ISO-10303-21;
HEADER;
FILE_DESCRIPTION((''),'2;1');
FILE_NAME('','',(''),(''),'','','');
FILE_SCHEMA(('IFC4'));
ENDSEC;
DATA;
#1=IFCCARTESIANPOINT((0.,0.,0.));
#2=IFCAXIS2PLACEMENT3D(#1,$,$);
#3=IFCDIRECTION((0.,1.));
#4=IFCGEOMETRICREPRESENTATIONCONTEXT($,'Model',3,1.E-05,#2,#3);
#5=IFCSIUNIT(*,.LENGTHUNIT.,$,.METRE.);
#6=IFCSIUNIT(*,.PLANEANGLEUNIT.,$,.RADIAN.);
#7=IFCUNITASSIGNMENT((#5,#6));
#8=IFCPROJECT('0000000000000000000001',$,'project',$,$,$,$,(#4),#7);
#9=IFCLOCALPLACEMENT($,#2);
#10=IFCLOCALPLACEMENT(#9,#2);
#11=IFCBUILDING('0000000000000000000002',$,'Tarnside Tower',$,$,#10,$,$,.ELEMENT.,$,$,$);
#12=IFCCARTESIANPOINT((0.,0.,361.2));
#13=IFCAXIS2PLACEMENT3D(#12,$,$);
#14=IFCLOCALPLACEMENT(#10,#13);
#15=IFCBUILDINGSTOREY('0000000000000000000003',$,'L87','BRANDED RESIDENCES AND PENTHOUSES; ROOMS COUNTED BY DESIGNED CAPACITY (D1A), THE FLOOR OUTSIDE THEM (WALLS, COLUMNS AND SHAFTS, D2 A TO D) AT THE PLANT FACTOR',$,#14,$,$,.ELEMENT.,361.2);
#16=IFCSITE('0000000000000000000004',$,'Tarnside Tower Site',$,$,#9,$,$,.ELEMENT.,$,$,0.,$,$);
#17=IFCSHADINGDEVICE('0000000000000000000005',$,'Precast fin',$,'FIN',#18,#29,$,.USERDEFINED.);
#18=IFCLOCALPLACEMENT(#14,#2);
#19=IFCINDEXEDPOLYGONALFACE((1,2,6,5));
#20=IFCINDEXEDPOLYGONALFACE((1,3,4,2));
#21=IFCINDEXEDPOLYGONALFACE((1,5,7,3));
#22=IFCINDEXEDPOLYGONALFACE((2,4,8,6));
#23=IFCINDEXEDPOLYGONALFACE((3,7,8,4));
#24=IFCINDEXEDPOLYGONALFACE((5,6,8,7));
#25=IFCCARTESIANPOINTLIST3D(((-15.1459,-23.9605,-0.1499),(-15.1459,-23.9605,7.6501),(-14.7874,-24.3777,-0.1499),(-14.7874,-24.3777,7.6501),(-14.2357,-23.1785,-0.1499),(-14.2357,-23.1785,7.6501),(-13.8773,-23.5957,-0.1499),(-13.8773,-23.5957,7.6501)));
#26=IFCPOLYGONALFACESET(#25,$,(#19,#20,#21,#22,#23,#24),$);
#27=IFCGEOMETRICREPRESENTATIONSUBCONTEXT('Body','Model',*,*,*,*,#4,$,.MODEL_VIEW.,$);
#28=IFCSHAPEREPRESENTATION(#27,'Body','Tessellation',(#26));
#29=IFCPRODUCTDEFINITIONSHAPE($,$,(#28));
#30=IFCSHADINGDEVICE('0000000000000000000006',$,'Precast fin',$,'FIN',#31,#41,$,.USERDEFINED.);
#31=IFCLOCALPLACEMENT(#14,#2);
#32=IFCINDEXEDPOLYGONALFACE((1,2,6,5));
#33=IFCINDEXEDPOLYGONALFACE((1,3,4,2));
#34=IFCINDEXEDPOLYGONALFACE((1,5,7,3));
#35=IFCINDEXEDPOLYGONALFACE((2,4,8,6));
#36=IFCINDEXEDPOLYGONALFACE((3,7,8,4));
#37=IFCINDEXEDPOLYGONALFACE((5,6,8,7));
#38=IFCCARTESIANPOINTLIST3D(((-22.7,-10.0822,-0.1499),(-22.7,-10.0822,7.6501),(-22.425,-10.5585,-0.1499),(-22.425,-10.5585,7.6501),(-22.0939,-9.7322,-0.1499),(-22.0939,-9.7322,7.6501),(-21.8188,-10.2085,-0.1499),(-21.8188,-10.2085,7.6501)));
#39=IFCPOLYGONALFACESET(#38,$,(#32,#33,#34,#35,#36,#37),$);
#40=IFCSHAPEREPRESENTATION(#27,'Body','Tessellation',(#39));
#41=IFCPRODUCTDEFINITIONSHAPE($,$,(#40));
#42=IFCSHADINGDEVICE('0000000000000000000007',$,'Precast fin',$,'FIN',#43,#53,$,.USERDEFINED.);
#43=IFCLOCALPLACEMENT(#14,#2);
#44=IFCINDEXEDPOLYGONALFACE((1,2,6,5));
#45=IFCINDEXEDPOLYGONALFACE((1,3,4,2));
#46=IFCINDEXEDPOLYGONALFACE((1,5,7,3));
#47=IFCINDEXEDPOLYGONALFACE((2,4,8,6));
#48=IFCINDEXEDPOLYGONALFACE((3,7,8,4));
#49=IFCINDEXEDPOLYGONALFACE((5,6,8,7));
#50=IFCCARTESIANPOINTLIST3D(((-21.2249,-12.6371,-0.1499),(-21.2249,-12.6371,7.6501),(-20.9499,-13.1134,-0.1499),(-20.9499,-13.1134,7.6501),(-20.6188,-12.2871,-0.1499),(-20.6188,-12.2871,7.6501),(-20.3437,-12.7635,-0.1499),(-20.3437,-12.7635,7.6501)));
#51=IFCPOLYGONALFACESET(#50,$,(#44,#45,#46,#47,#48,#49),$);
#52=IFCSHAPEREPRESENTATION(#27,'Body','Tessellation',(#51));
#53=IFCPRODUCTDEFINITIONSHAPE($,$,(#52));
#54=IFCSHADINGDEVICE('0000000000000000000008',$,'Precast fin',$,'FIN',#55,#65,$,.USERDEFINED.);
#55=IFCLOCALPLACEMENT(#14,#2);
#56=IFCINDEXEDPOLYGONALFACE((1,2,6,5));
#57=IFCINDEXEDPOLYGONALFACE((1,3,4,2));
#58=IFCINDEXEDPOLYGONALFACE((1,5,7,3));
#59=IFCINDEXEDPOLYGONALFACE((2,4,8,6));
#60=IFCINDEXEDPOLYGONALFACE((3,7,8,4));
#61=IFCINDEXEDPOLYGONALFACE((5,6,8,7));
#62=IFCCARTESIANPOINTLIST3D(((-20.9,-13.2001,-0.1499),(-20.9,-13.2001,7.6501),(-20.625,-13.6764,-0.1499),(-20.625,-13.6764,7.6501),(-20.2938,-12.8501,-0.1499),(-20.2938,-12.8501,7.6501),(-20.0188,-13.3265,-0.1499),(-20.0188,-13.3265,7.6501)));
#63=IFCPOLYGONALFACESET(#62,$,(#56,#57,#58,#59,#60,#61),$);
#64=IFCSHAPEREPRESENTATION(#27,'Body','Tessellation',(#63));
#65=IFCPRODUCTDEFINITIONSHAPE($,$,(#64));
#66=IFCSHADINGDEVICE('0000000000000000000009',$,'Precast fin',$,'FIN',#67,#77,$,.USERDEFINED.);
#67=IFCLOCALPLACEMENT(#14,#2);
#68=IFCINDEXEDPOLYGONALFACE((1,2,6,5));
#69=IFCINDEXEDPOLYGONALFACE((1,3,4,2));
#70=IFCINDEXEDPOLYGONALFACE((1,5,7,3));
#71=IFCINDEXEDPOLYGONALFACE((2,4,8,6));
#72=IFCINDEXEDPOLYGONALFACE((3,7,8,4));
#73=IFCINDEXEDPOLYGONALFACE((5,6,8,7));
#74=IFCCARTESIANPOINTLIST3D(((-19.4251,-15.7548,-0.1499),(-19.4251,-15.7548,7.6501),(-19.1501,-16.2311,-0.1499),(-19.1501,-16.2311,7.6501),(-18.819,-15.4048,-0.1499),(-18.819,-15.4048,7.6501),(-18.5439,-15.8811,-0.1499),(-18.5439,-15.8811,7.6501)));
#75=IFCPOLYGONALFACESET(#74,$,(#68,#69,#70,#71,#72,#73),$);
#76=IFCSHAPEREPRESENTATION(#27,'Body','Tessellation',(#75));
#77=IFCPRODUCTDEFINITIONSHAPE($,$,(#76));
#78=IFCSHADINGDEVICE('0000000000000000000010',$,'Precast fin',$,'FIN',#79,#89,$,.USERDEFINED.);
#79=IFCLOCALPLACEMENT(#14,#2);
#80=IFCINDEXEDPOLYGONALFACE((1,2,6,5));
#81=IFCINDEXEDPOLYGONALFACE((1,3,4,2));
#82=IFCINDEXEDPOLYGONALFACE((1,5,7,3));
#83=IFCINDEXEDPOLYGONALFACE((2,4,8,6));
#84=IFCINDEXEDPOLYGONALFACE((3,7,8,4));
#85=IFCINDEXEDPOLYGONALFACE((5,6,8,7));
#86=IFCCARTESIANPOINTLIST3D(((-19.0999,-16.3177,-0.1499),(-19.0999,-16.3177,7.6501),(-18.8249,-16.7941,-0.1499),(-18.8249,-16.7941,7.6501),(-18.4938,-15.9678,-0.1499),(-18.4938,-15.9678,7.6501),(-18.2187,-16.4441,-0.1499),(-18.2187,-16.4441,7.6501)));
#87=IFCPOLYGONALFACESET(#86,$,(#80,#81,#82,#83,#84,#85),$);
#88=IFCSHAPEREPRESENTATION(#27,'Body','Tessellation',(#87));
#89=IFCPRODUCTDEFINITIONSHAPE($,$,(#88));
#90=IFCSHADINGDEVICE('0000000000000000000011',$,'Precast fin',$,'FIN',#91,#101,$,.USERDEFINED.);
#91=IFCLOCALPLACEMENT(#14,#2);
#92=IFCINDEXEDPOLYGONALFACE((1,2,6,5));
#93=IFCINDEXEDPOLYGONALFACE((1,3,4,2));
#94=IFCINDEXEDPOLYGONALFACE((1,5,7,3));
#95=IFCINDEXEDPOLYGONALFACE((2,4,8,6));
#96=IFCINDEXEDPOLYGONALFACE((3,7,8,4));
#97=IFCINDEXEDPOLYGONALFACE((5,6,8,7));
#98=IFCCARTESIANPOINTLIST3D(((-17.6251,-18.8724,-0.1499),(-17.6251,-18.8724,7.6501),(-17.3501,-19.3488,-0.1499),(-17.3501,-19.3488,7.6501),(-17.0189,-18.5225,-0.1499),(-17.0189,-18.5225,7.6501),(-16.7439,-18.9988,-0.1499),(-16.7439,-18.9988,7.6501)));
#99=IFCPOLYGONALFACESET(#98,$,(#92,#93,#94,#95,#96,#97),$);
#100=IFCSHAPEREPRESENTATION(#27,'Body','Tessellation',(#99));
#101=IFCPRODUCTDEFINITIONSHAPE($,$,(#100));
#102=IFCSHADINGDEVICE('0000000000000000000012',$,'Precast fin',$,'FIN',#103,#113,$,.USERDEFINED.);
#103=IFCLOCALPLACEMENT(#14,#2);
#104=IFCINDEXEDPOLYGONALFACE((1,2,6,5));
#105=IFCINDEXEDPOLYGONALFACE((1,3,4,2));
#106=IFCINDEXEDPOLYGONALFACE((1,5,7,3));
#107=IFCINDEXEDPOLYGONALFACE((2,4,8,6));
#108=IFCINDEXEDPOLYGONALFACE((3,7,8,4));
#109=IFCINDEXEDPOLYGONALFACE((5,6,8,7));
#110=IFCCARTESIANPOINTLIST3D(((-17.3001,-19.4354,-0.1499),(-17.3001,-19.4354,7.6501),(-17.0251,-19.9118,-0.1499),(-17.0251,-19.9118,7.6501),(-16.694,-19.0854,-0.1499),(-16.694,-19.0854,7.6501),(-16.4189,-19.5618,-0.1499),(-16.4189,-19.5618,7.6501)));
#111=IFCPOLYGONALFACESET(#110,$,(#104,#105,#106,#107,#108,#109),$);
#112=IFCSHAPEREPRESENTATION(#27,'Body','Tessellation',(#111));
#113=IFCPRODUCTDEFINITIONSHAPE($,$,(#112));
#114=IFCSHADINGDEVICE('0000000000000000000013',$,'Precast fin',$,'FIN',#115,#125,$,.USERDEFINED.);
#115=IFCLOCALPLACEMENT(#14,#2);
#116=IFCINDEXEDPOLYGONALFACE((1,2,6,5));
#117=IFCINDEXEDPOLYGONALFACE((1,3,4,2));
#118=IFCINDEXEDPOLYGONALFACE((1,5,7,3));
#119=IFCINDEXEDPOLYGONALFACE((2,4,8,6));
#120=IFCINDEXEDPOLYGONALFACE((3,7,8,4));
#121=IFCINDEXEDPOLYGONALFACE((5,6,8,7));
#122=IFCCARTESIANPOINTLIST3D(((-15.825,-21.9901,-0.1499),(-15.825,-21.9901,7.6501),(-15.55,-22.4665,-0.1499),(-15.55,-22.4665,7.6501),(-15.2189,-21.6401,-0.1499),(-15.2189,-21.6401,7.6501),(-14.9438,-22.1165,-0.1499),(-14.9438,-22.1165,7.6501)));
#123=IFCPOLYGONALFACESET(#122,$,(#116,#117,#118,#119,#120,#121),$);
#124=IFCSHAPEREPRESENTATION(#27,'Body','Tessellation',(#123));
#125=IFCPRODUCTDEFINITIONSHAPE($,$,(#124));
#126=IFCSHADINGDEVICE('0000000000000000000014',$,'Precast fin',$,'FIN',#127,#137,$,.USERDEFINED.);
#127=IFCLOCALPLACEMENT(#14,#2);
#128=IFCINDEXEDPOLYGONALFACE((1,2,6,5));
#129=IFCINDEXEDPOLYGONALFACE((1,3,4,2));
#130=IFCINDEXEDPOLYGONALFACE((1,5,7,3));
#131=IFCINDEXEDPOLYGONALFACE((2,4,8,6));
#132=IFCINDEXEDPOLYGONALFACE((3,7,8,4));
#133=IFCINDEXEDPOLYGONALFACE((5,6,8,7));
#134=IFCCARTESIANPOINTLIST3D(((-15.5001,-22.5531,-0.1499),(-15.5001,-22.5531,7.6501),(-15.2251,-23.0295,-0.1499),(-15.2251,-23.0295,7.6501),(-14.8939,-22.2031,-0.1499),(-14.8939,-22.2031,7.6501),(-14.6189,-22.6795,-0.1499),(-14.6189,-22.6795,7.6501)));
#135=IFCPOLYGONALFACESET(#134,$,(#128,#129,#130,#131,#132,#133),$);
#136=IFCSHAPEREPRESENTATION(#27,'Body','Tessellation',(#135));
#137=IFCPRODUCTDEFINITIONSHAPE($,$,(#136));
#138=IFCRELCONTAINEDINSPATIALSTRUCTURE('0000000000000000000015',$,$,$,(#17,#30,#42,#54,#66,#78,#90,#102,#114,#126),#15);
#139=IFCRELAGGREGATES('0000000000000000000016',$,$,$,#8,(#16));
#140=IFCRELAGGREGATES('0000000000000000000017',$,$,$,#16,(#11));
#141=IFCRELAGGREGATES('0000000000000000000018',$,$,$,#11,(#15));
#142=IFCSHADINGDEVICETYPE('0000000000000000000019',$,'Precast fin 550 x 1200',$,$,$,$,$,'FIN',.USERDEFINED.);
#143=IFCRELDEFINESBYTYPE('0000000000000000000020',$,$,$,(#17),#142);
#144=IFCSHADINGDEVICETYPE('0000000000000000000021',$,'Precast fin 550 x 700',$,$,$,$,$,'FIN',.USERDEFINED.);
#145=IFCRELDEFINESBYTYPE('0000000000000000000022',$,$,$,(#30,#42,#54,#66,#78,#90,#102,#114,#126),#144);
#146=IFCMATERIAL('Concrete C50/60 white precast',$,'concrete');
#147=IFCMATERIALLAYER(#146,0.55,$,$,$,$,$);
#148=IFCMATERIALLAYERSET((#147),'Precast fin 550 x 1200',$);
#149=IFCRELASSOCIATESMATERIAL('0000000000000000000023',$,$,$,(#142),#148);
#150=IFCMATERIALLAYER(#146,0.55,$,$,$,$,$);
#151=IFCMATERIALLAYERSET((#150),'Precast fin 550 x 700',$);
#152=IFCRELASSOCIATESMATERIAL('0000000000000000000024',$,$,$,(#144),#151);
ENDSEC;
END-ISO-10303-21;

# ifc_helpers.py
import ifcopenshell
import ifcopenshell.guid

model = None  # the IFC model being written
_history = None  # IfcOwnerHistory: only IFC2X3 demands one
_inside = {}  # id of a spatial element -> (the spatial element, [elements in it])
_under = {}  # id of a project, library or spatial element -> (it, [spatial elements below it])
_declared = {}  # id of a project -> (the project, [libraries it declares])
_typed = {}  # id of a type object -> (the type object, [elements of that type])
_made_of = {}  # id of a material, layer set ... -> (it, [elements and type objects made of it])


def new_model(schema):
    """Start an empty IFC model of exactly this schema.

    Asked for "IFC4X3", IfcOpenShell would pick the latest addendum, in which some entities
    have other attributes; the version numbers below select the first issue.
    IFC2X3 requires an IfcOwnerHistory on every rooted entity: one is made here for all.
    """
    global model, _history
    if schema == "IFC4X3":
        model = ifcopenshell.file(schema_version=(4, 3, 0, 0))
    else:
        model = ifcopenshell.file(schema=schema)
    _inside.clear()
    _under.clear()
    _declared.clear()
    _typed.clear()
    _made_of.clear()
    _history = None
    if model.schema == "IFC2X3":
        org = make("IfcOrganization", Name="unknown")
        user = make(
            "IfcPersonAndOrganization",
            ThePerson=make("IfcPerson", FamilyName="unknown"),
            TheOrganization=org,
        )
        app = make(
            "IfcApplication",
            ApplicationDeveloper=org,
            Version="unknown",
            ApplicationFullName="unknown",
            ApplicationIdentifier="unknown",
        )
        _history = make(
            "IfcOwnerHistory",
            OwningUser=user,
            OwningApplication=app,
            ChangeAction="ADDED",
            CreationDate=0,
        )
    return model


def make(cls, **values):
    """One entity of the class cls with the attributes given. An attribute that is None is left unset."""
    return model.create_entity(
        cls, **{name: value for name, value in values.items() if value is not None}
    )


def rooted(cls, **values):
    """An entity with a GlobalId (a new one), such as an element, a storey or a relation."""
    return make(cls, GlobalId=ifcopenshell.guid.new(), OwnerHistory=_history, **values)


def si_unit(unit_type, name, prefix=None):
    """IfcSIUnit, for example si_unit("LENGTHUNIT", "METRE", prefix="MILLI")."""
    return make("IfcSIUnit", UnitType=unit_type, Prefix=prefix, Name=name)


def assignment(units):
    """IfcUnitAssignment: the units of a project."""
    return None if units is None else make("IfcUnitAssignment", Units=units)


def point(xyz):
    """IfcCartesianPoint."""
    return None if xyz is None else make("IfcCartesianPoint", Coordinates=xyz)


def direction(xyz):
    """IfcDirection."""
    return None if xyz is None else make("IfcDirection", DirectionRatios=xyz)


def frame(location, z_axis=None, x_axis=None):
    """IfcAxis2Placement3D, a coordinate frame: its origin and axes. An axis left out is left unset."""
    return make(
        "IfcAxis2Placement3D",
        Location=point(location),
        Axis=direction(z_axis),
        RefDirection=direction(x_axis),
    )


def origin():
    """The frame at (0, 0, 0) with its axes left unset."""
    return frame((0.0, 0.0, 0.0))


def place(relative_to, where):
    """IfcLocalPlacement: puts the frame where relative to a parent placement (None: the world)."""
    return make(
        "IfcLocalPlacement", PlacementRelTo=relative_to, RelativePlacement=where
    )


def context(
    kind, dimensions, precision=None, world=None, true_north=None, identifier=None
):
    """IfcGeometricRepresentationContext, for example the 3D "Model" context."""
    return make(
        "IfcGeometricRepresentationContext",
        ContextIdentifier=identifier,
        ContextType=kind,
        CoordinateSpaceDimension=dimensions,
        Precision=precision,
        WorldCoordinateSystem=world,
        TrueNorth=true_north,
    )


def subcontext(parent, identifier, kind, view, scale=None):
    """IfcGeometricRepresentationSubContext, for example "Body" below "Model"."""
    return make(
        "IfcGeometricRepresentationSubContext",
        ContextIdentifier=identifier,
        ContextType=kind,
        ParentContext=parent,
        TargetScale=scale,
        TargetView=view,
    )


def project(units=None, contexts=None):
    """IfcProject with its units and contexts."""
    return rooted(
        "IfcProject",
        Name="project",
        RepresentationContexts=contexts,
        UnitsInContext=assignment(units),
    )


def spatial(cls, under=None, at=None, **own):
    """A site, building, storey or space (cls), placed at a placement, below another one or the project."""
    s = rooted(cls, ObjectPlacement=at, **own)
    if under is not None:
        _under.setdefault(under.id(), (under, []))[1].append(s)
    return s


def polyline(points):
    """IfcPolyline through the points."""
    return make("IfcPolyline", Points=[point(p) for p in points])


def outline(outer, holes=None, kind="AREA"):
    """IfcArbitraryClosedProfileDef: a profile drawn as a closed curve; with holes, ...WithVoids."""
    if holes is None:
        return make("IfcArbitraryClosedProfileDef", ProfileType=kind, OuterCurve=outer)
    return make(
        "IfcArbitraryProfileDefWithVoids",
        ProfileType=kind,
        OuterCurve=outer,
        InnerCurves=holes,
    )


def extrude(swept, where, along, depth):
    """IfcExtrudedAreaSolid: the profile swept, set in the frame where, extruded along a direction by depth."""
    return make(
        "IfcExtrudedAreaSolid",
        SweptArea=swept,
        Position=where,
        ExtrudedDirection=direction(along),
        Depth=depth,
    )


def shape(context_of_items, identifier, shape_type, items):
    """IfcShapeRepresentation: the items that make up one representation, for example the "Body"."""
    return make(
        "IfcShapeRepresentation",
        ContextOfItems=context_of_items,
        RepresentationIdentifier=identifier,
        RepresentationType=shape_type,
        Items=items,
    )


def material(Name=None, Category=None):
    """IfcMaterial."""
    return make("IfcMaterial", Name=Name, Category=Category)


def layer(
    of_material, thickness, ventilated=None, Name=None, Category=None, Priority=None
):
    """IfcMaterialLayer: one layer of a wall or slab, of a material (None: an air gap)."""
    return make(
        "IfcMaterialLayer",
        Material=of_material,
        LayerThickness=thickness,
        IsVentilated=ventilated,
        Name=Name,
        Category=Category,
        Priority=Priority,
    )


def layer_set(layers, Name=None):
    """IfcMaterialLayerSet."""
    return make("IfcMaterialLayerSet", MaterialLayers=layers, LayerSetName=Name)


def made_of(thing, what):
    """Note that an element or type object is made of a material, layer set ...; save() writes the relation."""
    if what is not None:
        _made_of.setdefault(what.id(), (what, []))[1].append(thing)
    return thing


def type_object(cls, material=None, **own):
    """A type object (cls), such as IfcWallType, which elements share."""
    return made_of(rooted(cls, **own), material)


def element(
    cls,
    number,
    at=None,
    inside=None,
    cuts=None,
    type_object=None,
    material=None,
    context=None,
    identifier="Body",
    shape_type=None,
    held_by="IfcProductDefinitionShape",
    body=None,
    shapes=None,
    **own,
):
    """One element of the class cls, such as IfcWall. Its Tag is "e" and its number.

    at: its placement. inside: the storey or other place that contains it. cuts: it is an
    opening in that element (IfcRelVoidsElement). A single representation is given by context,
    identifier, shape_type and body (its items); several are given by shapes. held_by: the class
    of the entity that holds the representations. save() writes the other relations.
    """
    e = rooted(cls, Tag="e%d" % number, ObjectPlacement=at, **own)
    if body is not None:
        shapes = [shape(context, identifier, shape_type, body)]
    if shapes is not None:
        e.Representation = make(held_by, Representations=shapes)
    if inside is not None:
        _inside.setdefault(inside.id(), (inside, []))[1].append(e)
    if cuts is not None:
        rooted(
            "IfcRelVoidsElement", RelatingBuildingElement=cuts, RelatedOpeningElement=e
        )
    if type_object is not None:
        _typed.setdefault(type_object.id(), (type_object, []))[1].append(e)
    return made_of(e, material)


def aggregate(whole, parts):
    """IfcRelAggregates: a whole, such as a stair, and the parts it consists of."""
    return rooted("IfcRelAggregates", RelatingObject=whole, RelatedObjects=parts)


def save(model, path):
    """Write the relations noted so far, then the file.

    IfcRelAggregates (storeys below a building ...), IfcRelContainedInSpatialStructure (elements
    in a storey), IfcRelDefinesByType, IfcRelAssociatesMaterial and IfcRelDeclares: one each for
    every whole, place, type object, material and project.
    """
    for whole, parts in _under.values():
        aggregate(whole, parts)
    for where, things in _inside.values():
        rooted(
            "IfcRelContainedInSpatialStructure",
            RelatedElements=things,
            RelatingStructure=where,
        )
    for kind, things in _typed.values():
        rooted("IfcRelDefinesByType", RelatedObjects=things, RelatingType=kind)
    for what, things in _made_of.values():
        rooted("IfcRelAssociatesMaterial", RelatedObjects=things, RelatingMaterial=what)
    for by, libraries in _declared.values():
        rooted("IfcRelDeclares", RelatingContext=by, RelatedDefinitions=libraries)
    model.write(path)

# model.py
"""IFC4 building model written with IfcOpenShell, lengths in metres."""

from ifc_helpers import new_model, si_unit, direction, frame, origin, place, context, subcontext, project, spatial, polyline, outline, extrude, material, layer, layer_set, type_object, element, save


model = new_model("IFC4")

# Units and contexts
model_context = context("Model", 3, precision=1e-05, world=origin(), true_north=direction((0.0, 1.0)))
body_context = subcontext(model_context, "Body", "Model", "MODEL_VIEW")
ifc_project = project(units=[si_unit("LENGTHUNIT", "METRE"), si_unit("PLANEANGLEUNIT", "RADIAN")], contexts=[model_context])

# Site, building, storey
site_placement = place(None, origin())
site = spatial("IfcSite", under=ifc_project, at=site_placement, Name="Tarnside Tower Site", CompositionType="ELEMENT", RefElevation=0.0)
building_placement = place(site_placement, origin())
building = spatial("IfcBuilding", under=site, at=building_placement, Name="Tarnside Tower", CompositionType="ELEMENT")
storey_placement = place(building_placement, frame((0.0, 0.0, 361.2)))
storey = spatial("IfcBuildingStorey", under=building, at=storey_placement, Name="L87", Description="BRANDED RESIDENCES AND PENTHOUSES; ROOMS COUNTED BY DESIGNED CAPACITY (D1A), THE FLOOR OUTSIDE THEM (WALLS, COLUMNS AND SHAFTS, D2 A TO D) AT THE PLANT FACTOR", CompositionType="ELEMENT", Elevation=361.2)

# Shading devices
ifc_material_1 = material(Name="Concrete C50/60 white precast", Category="concrete")
ifc_layer_1 = layer(ifc_material_1, 0.55)
ifc_layer_set_1 = layer_set([ifc_layer_1], Name="Precast fin 550 x 1200")
shading_device_type_1 = type_object("IfcShadingDeviceType", Name="Precast fin 550 x 1200", ElementType="FIN", PredefinedType="USERDEFINED", material=ifc_layer_set_1)
shading_device_placement = place(storey_placement, frame((-14.0564, -23.3872, -0.1499), z_axis=(-0.651657, 0.758514, 0.0), x_axis=(-0.758514, -0.651657, 0.0)))
element("IfcShadingDevice", 1, at=shading_device_placement, inside=storey, type_object=shading_device_type_1, Name="Precast fin", ObjectType="FIN", PredefinedType="USERDEFINED", context=body_context, shape_type="SweptSolid", body=[
    extrude(outline(polyline([(0.0, 0.0), (1.2, 0.0), (1.2, 7.8), (0.0, 7.8), (0.0, 0.0)])), frame((0.0, 0.0, -0.2749)), (0.0, 0.0, 1.0), 0.55),
])
ifc_layer_2 = layer(ifc_material_1, 0.55)
ifc_layer_set_2 = layer_set([ifc_layer_2], Name="Precast fin 550 x 700")
shading_device_type_2 = type_object("IfcShadingDeviceType", Name="Precast fin 550 x 700", ElementType="FIN", PredefinedType="USERDEFINED", material=ifc_layer_set_2)
for number, where, z_axis, x_axis, name in (
    (2, (-21.9563, -9.9705, -0.1499), (-0.5, 0.866025, 0.0), (-0.866025, -0.5, 0.0), "Precast fin"),
    (3, (-20.4812, -12.5254, -0.1499), (-0.5, 0.866025, 0.0), (-0.866025, -0.5, 0.0), "Precast fin"),
    (4, (-20.1562, -13.0884, -0.1499), (-0.5, 0.866025, 0.0), (-0.866025, -0.5, 0.0), "Precast fin"),
    (5, (-18.6814, -15.6431, -0.1499), (-0.5, 0.866025, 0.0), (-0.866025, -0.5, 0.0), "Precast fin"),
    (6, (-18.3562, -16.2061, -0.1499), (-0.5, 0.866025, 0.0), (-0.866025, -0.5, 0.0), "Precast fin"),
    (7, (-16.8813, -18.7607, -0.1499), (-0.5, 0.866025, 0.0), (-0.866025, -0.5, 0.0), "Precast fin"),
    (8, (-16.5564, -19.3237, -0.1499), (-0.5, 0.866025, 0.0), (-0.866025, -0.5, 0.0), "Precast fin"),
    (9, (-15.0813, -21.8784, -0.1499), (-0.5, 0.866025, 0.0), (-0.866025, -0.5, 0.0), "Precast fin"),
    (10, (-14.7563, -22.4414, -0.1499), (-0.5, 0.866025, 0.0), (-0.866025, -0.5, 0.0), "Precast fin"),
):
    element("IfcShadingDevice", number, at=place(storey_placement, frame(where, z_axis=z_axis, x_axis=x_axis)), inside=storey, type_object=shading_device_type_2, Name=name, ObjectType="FIN", PredefinedType="USERDEFINED", context=body_context, shape_type="SweptSolid", body=[
        extrude(outline(polyline([(0.0, 0.0), (0.7, 0.0), (0.7, 7.8), (0.0, 7.8), (0.0, 0.0)])), frame((0.0, 0.0, -0.2749)), (0.0, 0.0, 1.0), 0.55),
    ])

save(model, "model.ifc")
